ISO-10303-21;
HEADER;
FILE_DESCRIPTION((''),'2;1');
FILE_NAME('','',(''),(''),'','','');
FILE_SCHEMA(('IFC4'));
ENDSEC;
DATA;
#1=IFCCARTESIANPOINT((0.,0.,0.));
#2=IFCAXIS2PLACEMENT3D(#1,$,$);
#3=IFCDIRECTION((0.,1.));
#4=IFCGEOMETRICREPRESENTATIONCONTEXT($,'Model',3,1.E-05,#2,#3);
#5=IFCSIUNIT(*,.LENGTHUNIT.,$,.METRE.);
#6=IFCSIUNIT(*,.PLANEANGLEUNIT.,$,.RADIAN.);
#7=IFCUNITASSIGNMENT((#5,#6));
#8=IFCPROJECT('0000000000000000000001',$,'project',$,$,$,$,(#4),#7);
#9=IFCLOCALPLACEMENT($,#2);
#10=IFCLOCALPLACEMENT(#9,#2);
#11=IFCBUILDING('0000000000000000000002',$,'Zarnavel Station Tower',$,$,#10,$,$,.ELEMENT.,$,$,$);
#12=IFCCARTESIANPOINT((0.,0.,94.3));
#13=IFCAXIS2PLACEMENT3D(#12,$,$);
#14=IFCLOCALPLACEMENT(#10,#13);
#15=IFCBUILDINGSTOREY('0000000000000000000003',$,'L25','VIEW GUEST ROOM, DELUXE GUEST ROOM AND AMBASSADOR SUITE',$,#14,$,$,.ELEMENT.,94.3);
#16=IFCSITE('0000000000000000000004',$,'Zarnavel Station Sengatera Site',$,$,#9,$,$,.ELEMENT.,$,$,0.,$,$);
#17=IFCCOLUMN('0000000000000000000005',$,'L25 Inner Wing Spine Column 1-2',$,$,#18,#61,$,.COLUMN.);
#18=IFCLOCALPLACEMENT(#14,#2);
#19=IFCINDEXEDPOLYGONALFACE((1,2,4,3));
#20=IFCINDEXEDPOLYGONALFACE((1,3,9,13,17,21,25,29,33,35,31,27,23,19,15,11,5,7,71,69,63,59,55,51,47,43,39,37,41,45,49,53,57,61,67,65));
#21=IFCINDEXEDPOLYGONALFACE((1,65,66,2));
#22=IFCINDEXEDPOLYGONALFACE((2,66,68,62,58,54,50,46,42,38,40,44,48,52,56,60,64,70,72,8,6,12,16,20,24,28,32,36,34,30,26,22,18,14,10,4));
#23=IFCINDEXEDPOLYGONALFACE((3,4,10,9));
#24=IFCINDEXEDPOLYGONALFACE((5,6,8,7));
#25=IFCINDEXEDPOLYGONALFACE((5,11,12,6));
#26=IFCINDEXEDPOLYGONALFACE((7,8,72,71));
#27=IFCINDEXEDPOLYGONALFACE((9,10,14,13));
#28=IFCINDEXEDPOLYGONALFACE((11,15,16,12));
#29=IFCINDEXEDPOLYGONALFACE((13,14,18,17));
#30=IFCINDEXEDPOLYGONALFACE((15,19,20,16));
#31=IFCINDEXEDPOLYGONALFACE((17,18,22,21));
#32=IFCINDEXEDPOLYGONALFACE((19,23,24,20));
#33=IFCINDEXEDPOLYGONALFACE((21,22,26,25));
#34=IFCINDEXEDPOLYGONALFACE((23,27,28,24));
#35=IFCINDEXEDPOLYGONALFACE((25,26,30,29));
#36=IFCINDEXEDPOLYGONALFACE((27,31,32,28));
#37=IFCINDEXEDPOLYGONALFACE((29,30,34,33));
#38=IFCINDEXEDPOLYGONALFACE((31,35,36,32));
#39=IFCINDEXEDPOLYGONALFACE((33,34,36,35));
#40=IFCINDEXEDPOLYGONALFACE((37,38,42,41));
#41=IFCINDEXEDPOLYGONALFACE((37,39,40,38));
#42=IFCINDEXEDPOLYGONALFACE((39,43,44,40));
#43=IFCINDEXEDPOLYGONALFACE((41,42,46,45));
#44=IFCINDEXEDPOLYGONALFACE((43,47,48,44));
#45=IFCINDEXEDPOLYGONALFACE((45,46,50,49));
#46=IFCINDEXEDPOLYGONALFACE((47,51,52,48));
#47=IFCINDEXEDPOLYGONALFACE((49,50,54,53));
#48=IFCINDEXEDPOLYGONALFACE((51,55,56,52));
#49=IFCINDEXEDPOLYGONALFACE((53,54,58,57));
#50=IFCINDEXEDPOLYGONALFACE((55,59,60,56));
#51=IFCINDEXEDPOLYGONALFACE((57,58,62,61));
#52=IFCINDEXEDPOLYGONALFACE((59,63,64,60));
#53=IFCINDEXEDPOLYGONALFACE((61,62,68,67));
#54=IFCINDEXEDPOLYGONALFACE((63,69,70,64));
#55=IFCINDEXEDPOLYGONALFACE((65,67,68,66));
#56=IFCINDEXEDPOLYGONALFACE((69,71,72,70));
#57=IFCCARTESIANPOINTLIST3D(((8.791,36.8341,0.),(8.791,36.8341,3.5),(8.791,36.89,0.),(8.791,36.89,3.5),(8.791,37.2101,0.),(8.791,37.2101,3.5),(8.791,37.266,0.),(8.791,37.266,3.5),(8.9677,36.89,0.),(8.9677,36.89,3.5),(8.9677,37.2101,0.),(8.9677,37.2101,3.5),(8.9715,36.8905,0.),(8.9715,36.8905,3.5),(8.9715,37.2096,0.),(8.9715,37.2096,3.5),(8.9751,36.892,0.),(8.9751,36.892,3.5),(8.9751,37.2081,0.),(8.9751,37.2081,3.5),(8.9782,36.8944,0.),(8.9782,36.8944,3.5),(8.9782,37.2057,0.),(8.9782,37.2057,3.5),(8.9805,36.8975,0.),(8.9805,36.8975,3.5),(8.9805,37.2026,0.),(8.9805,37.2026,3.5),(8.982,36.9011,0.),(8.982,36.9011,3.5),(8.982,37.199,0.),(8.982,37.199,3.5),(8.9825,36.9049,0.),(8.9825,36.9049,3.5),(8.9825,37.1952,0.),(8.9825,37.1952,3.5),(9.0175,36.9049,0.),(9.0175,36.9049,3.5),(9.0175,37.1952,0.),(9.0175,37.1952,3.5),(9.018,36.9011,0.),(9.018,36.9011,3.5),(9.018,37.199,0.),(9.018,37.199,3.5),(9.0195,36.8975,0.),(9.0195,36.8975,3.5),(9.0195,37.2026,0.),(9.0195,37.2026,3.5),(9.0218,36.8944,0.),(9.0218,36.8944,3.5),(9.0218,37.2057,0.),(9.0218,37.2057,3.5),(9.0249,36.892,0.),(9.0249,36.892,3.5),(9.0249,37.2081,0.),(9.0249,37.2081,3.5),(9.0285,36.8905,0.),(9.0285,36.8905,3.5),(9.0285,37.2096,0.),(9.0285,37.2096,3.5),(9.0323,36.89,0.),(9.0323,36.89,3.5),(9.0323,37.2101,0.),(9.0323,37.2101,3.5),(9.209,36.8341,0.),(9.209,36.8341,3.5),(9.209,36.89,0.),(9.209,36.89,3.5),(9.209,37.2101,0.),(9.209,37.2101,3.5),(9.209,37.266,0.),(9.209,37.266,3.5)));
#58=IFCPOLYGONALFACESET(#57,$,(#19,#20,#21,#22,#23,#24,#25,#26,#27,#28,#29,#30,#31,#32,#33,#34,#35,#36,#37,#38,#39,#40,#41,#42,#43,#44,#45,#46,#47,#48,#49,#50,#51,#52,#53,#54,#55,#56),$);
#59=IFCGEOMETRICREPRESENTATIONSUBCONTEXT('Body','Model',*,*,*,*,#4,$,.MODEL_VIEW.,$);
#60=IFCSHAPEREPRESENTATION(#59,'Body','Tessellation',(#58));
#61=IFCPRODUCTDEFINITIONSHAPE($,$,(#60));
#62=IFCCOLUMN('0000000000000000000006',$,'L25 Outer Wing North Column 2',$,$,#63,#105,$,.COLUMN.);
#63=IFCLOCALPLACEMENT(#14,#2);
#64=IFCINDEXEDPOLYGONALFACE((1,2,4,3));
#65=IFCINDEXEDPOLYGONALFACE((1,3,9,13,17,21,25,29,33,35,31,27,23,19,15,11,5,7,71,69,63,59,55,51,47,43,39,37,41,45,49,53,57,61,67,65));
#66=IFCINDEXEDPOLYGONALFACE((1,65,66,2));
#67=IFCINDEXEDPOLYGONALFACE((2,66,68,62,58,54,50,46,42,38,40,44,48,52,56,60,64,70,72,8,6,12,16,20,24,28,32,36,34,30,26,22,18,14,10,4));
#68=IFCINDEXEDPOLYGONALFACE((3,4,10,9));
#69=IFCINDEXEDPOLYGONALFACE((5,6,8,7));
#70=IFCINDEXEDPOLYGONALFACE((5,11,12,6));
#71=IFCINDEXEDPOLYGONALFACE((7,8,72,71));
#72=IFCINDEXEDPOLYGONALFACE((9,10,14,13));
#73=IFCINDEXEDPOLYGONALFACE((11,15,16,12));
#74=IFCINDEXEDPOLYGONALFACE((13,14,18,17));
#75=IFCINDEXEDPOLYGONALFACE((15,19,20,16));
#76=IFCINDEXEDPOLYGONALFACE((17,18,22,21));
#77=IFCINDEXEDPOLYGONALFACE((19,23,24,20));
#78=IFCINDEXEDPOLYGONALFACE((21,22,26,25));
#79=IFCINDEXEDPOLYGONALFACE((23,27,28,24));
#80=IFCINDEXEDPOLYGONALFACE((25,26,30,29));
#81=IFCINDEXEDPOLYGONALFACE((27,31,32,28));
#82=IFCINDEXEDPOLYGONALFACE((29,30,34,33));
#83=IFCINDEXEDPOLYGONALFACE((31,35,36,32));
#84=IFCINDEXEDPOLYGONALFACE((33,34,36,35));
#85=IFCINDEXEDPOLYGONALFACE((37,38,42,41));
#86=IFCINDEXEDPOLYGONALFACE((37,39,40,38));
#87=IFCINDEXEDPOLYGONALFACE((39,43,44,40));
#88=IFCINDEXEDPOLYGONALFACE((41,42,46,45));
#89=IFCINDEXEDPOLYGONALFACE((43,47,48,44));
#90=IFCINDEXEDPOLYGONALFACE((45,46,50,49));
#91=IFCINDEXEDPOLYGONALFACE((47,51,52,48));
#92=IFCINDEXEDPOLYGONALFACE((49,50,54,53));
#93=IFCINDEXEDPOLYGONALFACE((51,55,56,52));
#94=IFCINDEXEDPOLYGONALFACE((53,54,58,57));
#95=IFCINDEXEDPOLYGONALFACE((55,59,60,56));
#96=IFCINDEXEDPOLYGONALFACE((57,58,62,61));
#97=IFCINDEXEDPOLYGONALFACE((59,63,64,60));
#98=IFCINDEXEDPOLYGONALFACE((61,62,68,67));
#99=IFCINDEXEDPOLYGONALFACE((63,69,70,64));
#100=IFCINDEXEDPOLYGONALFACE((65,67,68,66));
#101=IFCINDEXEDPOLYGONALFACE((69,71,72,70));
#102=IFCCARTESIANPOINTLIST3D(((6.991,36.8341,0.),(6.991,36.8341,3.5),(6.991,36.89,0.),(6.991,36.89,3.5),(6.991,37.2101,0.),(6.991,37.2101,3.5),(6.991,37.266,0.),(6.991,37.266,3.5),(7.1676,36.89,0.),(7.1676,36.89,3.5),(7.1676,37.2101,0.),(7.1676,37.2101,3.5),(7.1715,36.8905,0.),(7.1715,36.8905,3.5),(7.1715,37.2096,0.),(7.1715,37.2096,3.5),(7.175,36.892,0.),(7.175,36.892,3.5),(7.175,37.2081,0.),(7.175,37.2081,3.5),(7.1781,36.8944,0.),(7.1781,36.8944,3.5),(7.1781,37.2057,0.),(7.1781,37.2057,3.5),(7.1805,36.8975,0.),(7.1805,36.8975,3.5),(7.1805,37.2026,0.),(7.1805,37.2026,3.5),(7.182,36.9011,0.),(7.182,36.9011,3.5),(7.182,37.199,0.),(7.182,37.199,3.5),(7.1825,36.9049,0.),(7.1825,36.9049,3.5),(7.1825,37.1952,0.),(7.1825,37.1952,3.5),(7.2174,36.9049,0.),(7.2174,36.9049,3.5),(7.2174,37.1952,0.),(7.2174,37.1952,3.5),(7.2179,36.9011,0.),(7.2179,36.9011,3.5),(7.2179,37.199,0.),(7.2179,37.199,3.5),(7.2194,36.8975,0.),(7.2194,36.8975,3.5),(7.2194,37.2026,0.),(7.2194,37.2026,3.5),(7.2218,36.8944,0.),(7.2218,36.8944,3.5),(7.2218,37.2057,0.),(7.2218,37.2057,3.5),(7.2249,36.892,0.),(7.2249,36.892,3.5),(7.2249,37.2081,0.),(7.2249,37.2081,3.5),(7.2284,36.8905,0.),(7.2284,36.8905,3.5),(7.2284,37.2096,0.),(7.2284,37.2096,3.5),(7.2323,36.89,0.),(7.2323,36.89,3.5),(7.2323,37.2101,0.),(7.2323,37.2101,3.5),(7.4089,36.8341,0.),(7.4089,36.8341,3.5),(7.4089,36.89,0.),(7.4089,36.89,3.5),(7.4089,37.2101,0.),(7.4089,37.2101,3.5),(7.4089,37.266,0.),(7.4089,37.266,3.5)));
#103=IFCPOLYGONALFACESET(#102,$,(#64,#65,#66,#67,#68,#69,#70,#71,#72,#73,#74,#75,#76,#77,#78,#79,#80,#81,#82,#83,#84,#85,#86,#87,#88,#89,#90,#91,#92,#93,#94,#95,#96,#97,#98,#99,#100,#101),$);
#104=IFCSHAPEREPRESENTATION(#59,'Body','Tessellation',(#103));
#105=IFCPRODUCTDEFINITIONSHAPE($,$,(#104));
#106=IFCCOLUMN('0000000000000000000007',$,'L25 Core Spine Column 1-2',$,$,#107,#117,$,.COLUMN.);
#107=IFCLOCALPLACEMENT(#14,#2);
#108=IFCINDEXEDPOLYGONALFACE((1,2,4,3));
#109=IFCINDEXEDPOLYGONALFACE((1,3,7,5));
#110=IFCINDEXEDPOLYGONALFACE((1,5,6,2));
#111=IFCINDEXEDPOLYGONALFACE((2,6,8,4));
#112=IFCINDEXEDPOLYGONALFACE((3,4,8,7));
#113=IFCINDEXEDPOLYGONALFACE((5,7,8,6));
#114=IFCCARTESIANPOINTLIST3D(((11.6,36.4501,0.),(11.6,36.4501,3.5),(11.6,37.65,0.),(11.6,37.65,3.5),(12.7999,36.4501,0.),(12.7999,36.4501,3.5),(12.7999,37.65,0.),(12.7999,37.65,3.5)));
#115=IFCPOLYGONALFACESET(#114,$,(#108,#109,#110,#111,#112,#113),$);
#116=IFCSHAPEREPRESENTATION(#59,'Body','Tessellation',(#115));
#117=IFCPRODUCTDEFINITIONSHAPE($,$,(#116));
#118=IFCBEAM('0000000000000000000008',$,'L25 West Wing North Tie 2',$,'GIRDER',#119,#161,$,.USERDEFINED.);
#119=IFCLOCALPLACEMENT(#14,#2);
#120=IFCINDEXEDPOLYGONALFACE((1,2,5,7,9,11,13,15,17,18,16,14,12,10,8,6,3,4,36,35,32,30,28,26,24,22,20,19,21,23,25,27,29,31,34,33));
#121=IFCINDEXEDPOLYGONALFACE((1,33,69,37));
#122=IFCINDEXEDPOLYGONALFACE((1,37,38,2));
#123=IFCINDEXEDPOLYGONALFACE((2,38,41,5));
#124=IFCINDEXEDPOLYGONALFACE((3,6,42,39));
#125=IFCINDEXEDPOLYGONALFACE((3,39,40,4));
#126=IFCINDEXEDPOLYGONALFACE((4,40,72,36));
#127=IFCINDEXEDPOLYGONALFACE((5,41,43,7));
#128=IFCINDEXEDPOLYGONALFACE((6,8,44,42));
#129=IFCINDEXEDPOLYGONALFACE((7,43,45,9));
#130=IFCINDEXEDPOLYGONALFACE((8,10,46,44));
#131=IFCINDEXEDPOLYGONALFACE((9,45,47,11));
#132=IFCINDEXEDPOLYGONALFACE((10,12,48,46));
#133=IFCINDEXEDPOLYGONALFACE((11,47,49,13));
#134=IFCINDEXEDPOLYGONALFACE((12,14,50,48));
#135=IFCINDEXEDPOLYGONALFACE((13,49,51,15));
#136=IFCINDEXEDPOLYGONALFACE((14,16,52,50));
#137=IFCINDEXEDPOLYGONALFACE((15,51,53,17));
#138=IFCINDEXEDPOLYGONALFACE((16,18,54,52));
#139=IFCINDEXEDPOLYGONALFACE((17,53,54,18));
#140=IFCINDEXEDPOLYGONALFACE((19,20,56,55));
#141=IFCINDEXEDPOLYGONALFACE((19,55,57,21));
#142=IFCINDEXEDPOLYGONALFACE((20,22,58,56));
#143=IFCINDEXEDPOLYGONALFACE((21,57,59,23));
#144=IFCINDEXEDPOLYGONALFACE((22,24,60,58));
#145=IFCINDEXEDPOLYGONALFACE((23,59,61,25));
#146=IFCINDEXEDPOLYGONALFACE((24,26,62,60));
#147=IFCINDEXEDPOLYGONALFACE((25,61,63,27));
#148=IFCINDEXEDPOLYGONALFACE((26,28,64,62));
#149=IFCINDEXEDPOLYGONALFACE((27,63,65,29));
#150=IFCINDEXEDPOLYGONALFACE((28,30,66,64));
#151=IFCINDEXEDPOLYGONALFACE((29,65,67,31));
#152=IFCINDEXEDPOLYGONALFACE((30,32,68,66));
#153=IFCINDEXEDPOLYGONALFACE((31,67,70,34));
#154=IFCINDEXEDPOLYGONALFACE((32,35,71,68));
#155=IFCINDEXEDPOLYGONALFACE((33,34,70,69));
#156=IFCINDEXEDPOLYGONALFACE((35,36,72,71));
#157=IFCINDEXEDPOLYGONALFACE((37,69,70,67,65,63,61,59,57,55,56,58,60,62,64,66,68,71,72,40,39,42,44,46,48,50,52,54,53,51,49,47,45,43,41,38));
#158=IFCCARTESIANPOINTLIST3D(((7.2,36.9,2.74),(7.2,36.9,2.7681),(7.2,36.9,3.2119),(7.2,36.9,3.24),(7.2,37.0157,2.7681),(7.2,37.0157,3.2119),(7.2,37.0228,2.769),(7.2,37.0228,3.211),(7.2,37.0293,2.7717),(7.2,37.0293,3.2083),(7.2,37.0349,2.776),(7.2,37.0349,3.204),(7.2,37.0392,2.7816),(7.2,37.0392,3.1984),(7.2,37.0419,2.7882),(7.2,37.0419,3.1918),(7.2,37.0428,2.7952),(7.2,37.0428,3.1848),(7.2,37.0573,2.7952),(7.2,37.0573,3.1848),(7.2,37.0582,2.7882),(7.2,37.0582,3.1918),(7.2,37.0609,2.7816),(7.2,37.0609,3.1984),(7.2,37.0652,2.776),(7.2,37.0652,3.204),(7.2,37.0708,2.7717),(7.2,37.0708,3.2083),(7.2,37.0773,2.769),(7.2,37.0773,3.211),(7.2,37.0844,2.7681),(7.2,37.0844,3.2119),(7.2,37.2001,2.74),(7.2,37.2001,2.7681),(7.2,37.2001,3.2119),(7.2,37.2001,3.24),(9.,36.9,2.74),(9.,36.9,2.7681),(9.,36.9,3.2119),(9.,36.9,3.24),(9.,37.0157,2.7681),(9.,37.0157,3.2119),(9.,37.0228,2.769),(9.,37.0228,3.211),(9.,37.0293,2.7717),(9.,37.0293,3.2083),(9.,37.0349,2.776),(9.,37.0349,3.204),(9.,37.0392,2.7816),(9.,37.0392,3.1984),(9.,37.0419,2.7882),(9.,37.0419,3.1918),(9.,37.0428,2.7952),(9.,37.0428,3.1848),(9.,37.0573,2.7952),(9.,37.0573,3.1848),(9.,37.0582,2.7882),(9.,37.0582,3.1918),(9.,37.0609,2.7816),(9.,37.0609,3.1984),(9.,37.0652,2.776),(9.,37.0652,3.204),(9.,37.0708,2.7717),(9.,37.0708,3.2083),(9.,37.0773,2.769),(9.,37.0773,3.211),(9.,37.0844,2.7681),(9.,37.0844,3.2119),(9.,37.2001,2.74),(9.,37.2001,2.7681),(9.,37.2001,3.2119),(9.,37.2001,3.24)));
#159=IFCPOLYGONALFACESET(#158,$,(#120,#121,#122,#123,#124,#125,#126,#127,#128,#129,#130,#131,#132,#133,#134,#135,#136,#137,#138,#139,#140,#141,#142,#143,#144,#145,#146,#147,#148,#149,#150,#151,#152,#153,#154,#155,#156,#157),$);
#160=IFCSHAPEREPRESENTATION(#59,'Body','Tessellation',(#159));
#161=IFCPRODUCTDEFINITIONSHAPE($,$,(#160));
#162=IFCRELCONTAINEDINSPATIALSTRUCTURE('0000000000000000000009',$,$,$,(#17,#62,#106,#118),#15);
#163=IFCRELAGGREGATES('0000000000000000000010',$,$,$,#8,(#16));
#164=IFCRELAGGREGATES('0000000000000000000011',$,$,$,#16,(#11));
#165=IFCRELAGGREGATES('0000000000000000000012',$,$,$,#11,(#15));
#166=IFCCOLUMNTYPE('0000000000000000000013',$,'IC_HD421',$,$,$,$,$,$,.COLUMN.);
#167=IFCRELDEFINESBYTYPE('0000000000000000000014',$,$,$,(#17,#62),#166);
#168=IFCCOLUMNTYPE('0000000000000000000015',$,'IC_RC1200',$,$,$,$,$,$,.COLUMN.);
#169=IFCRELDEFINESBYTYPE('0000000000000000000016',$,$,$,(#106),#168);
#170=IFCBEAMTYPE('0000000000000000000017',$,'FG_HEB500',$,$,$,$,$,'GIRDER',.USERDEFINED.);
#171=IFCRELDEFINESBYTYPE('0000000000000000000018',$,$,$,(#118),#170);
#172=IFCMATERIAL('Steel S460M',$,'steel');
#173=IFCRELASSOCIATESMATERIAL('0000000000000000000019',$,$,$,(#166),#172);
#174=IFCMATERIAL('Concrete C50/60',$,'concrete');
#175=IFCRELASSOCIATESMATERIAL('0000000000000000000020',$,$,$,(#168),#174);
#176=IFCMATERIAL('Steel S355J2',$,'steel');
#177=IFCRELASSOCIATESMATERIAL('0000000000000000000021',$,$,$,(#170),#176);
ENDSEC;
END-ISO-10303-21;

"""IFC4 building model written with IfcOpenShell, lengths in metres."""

from ifc_helpers import new_model, si_unit, direction, frame, origin, origin_2d, place, context, subcontext, project, spatial, rectangle, i_section, extrude, material, material_profile, profile_set, type_object, element, save


model = new_model("IFC4")

# Units and contexts
model_context = context("Model", 3, precision=1e-05, world=origin(), true_north=direction((0.0, 1.0)))
body_context = subcontext(model_context, "Body", "Model", "MODEL_VIEW")
ifc_project = project(units=[si_unit("LENGTHUNIT", "METRE"), si_unit("PLANEANGLEUNIT", "RADIAN")], contexts=[model_context])

# Site, building, storey
site_placement = place(None, origin())
site = spatial("IfcSite", under=ifc_project, at=site_placement, Name="Zarnavel Station Sengatera Site", CompositionType="ELEMENT", RefElevation=0.0)
building_placement = place(site_placement, origin())
building = spatial("IfcBuilding", under=site, at=building_placement, Name="Zarnavel Station Tower", CompositionType="ELEMENT")
storey_placement = place(building_placement, frame((0.0, 0.0, 94.3)))
storey = spatial("IfcBuildingStorey", under=building, at=storey_placement, Name="L25", Description="VIEW GUEST ROOM, DELUXE GUEST ROOM AND AMBASSADOR SUITE", CompositionType="ELEMENT", Elevation=94.3)

# Columns
ifc_material_1 = material(Name="Steel S460M", Category="steel")
ifc_material_profile_1 = material_profile(ifc_material_1, i_section(OverallWidth=0.418, OverallDepth=0.4319, WebThickness=0.0349, FlangeThickness=0.0559, FilletRadius=0.0149, at=origin_2d()), Name="HD400x421")
ifc_profile_set_1 = profile_set([ifc_material_profile_1], Name="Steel S460M")
column_type_1 = type_object("IfcColumnType", Name="IC_HD421", PredefinedType="COLUMN", material=ifc_profile_set_1)
for number, where, z_axis, x_axis, name in (
    (1, (9.0, 37.05, 0.0), (0.0, 0.0, 1.0), (1.0, 0.0, 0.0), "L25 Inner Wing Spine Column 1-2"),
    (2, (7.2, 37.05, 0.0), (0.0, 0.0, 1.0), (1.0, 0.0, 0.0), "L25 Outer Wing North Column 2"),
):
    element("IfcColumn", number, at=place(storey_placement, frame(where, z_axis=z_axis, x_axis=x_axis)), inside=storey, type_object=column_type_1, Name=name, PredefinedType="COLUMN", context=body_context, shape_type="SweptSolid", body=[
        extrude(i_section(OverallWidth=0.418, OverallDepth=0.4319, WebThickness=0.0349, FlangeThickness=0.0559, FilletRadius=0.0149, at=origin_2d()), origin(), (0.0, 0.0, 1.0), 3.5),
    ])
ifc_material_2 = material(Name="Concrete C50/60", Category="concrete")
ifc_material_profile_2 = material_profile(ifc_material_2, rectangle(XDim=1.2, YDim=1.2, at=origin_2d()), Name="RC1200x1200")
ifc_profile_set_2 = profile_set([ifc_material_profile_2], Name="Concrete C50/60")
column_type_2 = type_object("IfcColumnType", Name="IC_RC1200", PredefinedType="COLUMN", material=ifc_profile_set_2)
column_placement = place(storey_placement, frame((12.2, 37.05, 0.0), z_axis=(0.0, 0.0, 1.0), x_axis=(1.0, 0.0, 0.0)))
element("IfcColumn", 3, at=column_placement, inside=storey, type_object=column_type_2, Name="L25 Core Spine Column 1-2", PredefinedType="COLUMN", context=body_context, shape_type="SweptSolid", body=[
    extrude(rectangle(XDim=1.2, YDim=1.2, at=origin_2d()), origin(), (0.0, 0.0, 1.0), 3.5),
])

# Beam
ifc_material_3 = material(Name="Steel S355J2", Category="steel")
ifc_material_profile_3 = material_profile(ifc_material_3, i_section(OverallWidth=0.3, OverallDepth=0.5, WebThickness=0.0144, FlangeThickness=0.0281, FilletRadius=0.0271, at=origin_2d()), Name="HEB500")
ifc_profile_set_3 = profile_set([ifc_material_profile_3], Name="Steel S355J2")
beam_type = type_object("IfcBeamType", Name="FG_HEB500", ElementType="GIRDER", PredefinedType="USERDEFINED", material=ifc_profile_set_3)
beam_1_placement = place(storey_placement, frame((7.2, 37.05, 2.99), z_axis=(1.0, 0.0, 0.0), x_axis=(0.0, 1.0, 0.0)))
element("IfcBeam", 4, at=beam_1_placement, inside=storey, type_object=beam_type, Name="L25 West Wing North Tie 2", ObjectType="GIRDER", PredefinedType="USERDEFINED", context=body_context, shape_type="SweptSolid", body=[
    extrude(i_section(OverallWidth=0.3, OverallDepth=0.5, WebThickness=0.0144, FlangeThickness=0.0281, FilletRadius=0.0271, at=origin_2d()), origin(), (0.0, 0.0, 1.0), 1.8),
])

save(model, "model.ifc")
